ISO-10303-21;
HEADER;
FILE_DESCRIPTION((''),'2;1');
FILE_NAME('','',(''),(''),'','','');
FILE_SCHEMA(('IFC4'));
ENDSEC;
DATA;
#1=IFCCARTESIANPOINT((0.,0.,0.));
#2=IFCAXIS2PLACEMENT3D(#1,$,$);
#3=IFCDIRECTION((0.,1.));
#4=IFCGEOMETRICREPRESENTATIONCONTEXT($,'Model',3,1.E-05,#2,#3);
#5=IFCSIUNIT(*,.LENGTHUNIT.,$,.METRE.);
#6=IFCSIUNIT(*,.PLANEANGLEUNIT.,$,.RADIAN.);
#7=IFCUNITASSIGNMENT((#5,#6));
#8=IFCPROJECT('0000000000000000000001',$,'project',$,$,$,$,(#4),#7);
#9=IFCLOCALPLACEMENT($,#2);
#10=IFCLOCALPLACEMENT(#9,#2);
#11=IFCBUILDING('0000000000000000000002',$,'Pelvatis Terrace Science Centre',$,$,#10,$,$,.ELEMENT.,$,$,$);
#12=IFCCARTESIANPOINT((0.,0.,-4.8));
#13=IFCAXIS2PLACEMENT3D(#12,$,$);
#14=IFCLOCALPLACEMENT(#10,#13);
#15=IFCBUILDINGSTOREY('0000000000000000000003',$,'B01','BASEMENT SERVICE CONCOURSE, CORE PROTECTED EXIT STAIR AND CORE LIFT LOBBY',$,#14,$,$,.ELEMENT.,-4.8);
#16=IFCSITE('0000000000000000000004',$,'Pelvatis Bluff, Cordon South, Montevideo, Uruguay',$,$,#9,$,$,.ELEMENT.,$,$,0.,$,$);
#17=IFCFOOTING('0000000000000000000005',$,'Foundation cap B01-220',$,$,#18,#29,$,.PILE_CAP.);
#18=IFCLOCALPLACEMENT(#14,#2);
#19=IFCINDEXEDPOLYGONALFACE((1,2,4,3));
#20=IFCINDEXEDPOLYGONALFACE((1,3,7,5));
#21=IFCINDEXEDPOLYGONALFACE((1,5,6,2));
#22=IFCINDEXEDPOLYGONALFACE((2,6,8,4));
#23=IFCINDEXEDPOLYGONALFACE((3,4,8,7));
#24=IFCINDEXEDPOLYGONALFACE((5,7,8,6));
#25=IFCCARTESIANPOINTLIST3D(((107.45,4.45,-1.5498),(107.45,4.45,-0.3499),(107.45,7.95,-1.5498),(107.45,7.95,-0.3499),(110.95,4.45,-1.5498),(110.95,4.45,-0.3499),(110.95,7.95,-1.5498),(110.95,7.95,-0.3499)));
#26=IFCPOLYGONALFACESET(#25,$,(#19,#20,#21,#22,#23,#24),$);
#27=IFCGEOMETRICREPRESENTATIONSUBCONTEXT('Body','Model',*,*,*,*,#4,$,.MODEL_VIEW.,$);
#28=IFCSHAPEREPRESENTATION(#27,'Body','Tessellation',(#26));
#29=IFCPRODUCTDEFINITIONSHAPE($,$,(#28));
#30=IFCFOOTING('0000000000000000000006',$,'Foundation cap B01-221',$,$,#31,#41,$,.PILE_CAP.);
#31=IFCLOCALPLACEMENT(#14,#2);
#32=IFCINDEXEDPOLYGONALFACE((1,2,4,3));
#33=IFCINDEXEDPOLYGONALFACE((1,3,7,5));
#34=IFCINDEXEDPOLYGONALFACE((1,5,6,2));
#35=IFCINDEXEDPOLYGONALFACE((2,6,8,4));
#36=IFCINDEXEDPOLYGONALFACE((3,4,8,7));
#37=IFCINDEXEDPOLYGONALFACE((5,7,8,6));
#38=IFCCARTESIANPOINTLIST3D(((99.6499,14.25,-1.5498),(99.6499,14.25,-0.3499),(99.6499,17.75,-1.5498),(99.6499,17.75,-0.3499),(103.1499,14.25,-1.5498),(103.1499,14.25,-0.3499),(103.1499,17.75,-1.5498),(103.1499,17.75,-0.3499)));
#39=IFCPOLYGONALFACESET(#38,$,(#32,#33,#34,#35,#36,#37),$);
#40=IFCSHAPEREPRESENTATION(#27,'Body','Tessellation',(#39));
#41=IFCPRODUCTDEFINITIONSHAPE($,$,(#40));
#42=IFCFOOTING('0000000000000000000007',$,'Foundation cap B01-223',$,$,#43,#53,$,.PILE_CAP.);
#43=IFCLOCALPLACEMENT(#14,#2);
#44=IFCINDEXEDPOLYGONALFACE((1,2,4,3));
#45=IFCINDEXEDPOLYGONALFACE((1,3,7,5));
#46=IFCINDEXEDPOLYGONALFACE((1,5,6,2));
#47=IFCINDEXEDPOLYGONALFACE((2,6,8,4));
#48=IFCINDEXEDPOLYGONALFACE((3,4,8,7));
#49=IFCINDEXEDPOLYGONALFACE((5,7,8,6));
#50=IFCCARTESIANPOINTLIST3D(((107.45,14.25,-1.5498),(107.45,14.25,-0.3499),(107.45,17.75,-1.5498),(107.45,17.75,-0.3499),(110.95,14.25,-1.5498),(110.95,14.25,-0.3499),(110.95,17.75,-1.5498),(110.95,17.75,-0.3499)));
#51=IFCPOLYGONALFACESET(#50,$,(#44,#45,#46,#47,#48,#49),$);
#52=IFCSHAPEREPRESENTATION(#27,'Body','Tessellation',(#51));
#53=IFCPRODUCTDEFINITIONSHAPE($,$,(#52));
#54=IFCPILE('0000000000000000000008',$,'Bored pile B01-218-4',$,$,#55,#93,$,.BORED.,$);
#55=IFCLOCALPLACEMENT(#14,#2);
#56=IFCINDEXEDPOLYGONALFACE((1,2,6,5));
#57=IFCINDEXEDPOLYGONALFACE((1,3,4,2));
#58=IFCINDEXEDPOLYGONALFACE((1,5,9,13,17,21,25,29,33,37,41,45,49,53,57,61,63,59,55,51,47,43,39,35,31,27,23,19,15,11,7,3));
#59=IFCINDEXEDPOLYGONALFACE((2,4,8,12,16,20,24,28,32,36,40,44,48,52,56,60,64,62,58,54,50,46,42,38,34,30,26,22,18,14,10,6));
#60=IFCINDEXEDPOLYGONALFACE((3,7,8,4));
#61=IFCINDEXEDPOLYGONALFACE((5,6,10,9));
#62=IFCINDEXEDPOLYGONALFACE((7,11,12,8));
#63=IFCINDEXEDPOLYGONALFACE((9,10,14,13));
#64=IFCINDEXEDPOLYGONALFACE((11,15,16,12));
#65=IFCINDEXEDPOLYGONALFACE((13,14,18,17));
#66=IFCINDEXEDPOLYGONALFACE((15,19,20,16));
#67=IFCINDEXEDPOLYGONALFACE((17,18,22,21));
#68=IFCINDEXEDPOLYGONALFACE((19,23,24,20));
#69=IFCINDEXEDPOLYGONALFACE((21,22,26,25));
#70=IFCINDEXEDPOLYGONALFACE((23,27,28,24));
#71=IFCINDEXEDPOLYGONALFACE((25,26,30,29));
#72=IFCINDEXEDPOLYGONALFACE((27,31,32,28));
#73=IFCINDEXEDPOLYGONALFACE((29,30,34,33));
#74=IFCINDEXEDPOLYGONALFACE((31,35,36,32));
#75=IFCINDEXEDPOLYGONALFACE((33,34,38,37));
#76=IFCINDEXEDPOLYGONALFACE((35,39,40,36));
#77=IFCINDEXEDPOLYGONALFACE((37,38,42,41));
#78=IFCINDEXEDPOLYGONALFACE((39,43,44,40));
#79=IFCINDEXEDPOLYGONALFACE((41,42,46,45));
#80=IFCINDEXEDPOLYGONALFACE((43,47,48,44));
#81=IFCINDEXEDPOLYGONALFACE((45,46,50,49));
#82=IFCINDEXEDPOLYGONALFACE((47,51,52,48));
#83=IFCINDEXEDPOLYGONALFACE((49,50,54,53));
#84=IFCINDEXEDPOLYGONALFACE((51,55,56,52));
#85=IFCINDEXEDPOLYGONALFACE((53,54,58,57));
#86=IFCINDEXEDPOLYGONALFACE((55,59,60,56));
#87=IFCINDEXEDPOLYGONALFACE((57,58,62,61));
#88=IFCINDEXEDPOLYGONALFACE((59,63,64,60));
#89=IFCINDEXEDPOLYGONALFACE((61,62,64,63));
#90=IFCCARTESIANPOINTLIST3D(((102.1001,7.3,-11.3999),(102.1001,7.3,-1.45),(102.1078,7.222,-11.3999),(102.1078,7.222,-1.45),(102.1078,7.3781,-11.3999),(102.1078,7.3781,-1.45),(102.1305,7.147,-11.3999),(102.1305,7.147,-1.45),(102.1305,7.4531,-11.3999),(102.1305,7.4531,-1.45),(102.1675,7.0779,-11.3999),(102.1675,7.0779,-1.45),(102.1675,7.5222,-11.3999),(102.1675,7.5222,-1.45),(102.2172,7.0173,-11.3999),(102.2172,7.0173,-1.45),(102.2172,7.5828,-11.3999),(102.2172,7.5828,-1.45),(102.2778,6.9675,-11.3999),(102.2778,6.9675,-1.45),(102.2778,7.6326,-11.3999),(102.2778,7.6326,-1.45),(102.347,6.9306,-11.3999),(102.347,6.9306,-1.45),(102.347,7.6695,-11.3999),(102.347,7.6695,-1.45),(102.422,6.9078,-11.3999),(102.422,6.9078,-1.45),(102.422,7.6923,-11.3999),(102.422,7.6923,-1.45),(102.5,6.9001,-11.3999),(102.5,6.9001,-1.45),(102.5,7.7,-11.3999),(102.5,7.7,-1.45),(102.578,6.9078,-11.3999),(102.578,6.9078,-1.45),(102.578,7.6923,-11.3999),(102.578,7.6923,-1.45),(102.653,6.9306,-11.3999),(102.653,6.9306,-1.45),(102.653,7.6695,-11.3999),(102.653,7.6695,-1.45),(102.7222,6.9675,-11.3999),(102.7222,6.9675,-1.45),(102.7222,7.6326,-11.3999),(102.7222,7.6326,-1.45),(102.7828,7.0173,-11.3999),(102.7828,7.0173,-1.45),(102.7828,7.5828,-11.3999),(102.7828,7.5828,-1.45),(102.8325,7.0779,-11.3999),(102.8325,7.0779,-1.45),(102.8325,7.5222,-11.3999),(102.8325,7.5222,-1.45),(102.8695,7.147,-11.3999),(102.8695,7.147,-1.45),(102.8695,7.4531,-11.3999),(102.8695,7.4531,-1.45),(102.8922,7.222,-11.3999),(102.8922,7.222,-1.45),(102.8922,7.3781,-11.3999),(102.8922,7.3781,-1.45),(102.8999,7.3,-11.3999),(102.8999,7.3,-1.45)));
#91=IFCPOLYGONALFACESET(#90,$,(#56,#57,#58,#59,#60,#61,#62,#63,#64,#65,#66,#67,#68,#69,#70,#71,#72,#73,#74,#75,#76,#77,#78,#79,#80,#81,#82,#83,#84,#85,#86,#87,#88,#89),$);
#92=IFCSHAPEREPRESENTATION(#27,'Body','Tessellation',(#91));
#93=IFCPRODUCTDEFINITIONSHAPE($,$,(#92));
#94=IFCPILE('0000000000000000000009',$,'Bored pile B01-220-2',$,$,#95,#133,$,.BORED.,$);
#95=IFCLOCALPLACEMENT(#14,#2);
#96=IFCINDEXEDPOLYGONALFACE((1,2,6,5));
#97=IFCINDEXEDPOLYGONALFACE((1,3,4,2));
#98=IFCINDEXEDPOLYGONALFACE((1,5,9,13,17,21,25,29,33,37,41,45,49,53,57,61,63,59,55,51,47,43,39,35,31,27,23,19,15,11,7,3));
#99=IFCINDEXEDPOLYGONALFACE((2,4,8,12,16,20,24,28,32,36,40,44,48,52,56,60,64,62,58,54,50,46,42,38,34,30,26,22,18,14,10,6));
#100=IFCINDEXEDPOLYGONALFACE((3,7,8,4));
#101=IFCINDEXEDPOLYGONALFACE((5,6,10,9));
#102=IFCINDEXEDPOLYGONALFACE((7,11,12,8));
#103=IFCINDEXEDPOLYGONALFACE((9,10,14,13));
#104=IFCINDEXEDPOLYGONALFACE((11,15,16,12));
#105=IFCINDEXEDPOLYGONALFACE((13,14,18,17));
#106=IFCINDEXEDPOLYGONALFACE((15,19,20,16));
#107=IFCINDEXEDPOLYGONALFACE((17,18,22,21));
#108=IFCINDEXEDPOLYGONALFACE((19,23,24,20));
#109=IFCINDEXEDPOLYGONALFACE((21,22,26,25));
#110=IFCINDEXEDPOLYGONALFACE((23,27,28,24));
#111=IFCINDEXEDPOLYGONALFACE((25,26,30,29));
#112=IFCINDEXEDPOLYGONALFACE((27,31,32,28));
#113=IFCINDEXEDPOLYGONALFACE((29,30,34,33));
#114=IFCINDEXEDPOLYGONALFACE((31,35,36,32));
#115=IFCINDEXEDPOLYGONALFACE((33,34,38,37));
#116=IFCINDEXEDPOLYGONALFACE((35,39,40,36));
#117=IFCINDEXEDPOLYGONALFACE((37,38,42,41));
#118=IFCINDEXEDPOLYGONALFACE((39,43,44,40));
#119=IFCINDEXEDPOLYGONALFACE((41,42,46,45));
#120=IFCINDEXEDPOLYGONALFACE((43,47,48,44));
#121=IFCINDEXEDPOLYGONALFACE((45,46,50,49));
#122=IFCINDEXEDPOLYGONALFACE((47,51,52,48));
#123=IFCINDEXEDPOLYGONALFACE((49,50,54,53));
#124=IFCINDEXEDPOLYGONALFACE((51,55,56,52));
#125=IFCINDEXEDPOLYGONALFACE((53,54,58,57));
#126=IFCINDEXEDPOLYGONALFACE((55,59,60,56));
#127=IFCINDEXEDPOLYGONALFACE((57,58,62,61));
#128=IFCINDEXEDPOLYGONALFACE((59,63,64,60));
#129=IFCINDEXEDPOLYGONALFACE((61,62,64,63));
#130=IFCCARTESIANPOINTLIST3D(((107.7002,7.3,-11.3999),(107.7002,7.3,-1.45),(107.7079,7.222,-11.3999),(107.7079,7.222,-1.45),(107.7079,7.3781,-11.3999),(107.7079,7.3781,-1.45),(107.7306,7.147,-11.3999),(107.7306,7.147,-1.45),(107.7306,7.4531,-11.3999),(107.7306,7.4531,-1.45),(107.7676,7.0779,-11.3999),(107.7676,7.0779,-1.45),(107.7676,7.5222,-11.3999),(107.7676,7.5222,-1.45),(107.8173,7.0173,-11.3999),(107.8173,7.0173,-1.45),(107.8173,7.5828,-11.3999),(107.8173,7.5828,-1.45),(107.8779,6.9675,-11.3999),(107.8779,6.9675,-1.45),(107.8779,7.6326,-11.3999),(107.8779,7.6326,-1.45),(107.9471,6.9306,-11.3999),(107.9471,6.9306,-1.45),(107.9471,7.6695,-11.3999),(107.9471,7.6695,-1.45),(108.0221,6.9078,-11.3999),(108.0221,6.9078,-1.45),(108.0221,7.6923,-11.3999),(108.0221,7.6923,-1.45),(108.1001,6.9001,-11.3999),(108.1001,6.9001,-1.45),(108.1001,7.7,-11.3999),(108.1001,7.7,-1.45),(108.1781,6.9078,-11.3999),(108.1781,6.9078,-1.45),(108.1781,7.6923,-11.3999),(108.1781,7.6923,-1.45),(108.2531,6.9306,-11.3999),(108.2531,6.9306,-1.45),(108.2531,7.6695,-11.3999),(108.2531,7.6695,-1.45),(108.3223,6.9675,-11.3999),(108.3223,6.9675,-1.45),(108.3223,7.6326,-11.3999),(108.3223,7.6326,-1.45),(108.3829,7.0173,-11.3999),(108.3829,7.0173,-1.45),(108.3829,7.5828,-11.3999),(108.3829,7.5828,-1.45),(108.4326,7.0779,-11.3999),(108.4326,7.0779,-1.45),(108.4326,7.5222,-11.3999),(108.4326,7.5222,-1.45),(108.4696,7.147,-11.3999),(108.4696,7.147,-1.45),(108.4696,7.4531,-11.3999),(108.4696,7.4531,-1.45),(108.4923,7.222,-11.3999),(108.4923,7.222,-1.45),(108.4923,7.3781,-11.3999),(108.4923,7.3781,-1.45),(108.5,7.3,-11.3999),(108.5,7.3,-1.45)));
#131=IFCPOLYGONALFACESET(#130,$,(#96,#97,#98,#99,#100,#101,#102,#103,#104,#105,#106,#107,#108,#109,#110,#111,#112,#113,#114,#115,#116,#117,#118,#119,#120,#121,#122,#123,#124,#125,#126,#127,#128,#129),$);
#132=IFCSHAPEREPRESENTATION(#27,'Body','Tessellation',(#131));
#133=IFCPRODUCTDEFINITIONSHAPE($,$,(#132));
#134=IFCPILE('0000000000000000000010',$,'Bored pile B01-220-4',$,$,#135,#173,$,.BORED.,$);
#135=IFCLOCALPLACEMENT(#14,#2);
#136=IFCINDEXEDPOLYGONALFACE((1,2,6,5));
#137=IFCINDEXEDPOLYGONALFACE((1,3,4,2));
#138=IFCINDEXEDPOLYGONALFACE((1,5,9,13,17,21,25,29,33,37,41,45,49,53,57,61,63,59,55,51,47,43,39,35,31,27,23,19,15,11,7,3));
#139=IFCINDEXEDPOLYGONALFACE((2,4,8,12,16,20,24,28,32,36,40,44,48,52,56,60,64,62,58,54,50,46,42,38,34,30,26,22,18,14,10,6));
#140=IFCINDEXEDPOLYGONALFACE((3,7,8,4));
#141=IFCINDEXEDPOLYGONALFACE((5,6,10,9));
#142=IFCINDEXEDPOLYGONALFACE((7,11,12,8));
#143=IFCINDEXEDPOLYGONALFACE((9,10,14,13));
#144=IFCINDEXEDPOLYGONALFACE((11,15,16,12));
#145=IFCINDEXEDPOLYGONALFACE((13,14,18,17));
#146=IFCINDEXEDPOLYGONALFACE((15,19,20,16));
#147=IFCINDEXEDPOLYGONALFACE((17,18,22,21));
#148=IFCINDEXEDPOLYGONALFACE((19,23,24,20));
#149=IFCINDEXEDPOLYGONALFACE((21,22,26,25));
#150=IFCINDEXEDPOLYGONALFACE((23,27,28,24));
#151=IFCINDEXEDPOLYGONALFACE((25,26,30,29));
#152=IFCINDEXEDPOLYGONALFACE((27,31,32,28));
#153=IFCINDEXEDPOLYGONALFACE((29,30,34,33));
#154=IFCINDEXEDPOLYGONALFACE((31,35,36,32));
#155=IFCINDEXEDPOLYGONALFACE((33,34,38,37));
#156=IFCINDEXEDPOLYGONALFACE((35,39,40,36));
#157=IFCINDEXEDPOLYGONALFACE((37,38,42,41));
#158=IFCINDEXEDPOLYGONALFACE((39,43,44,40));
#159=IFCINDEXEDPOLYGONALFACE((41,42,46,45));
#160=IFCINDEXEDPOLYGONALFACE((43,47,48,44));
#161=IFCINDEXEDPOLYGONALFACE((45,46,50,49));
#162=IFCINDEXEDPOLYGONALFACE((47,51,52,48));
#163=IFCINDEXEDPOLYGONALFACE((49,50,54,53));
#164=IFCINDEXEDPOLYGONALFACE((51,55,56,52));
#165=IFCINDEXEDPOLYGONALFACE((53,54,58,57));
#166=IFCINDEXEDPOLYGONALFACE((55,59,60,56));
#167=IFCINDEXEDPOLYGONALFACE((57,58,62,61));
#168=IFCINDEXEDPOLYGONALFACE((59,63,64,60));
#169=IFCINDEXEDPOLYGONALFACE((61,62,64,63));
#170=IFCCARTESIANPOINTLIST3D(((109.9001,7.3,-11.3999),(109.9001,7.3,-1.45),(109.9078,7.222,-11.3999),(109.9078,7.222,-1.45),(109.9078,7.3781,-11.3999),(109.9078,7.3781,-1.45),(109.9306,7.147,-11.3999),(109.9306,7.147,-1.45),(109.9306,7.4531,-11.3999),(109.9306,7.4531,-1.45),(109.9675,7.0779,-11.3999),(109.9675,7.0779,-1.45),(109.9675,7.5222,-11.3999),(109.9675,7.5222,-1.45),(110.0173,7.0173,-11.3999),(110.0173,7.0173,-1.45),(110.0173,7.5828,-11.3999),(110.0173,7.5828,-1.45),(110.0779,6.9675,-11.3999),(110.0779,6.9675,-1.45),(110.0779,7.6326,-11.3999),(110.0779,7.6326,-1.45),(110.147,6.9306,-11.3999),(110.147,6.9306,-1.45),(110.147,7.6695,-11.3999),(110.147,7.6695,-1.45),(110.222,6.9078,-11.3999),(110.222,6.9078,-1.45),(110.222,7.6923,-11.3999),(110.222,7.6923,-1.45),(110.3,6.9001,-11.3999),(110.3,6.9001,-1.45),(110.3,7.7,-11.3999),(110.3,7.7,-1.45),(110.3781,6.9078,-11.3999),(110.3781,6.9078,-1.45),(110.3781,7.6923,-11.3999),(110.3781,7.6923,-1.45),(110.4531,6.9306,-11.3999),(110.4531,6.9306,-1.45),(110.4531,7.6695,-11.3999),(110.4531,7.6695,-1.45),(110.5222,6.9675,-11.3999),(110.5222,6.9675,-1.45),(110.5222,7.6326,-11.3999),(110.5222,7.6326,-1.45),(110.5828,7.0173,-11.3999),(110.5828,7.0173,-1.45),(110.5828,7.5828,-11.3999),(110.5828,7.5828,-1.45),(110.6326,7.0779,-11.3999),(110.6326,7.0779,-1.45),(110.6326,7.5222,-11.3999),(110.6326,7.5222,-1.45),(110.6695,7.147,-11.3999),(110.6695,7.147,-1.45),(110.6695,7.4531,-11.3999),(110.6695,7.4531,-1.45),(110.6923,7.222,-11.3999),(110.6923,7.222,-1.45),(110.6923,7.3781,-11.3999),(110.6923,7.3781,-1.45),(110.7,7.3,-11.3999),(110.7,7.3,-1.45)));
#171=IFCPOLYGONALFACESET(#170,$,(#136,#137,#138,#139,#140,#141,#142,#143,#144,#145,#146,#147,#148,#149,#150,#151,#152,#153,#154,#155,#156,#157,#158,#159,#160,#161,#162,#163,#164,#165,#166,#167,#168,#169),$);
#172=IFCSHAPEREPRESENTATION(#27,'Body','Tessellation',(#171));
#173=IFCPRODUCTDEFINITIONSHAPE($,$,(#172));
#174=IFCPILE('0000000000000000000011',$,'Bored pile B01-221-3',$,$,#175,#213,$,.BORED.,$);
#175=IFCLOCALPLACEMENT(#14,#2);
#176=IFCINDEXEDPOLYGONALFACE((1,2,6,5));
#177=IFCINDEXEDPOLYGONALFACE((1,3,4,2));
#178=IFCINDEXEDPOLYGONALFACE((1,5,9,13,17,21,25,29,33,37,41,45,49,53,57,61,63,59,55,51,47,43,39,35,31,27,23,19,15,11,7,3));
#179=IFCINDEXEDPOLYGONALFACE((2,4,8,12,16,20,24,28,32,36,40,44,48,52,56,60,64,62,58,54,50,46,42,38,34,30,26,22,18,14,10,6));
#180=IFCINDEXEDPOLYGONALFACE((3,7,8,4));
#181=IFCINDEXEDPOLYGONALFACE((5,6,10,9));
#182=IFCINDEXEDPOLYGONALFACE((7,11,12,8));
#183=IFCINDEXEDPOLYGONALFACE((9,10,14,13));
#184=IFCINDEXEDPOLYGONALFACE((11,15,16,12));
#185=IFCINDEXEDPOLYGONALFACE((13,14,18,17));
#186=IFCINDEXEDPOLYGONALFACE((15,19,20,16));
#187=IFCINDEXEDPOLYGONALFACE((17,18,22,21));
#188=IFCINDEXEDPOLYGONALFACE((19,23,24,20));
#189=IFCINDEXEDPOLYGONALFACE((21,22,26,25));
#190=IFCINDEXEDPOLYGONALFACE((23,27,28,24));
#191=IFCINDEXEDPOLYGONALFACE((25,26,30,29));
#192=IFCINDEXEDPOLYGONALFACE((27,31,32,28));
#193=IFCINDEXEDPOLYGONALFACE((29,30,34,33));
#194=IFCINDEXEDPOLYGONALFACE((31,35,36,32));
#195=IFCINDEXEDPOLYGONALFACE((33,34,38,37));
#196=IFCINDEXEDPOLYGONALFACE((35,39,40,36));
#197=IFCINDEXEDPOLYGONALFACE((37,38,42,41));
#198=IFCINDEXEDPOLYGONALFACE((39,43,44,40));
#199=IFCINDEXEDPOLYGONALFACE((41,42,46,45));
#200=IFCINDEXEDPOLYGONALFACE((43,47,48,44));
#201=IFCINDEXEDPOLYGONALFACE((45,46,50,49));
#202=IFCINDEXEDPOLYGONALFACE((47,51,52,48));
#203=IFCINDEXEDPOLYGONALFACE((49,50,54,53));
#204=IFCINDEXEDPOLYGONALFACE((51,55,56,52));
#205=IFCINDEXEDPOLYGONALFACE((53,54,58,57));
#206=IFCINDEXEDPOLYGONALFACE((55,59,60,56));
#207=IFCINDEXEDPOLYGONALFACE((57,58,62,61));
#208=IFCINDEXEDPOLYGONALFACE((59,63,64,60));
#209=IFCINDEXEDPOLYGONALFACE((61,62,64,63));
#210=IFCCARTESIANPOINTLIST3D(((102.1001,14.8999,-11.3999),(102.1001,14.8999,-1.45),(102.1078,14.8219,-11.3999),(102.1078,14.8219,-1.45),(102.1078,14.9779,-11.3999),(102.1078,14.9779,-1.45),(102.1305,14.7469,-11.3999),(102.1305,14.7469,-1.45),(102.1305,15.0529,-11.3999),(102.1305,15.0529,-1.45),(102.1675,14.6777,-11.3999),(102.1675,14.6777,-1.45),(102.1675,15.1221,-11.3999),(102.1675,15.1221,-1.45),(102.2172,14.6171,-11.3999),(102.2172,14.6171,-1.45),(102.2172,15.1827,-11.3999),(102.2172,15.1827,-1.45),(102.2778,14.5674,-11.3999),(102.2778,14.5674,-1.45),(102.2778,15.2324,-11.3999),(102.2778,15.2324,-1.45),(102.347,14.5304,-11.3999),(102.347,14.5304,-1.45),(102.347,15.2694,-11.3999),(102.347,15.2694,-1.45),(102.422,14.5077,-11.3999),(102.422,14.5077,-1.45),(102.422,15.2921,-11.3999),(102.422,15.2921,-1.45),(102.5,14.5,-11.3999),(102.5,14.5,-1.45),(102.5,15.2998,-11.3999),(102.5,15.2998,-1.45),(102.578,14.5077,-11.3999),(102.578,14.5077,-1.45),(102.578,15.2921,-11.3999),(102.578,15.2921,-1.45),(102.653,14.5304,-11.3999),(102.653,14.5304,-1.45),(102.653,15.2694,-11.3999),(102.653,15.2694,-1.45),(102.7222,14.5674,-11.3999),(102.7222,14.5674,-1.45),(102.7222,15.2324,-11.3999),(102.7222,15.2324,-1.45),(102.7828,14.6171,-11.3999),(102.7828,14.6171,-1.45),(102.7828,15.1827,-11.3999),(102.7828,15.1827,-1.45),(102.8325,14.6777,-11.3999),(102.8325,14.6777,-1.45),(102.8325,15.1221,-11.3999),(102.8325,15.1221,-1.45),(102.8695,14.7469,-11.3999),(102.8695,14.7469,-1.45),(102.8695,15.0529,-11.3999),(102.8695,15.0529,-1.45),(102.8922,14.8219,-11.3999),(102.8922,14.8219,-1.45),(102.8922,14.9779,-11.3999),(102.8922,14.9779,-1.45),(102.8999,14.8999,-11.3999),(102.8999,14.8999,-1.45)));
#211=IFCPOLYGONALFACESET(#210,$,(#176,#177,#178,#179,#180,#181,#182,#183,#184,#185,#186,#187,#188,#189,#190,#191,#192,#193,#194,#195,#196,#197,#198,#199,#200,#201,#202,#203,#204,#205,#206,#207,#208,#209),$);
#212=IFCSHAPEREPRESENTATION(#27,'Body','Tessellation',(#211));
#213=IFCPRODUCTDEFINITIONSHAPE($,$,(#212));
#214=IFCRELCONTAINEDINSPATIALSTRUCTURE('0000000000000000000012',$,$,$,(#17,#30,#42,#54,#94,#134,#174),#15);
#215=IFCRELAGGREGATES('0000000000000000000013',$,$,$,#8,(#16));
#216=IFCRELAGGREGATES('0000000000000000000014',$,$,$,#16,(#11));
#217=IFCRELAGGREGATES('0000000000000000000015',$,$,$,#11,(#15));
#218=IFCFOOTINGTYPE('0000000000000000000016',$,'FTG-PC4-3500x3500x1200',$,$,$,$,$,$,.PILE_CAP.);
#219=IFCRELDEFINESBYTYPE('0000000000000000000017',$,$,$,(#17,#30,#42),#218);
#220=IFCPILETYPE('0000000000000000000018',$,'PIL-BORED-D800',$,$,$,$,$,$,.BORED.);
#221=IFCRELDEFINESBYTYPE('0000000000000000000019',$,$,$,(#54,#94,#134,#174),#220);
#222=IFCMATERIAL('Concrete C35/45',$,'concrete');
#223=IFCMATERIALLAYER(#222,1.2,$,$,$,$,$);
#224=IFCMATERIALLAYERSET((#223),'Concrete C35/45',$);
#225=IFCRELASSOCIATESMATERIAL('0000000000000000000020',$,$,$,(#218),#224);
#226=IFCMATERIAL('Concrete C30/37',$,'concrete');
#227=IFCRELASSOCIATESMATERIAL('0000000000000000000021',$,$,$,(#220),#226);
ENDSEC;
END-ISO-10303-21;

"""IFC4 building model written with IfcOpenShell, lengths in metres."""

from ifc_helpers import new_model, si_unit, direction, frame, origin, origin_2d, place, context, subcontext, project, spatial, rectangle, circle, extrude, material, layer, layer_set, material_profile, profile_set, type_object, element, save


model = new_model("IFC4")

# Units and contexts
model_context = context("Model", 3, precision=1e-05, world=origin(), true_north=direction((0.0, 1.0)))
body_context = subcontext(model_context, "Body", "Model", "MODEL_VIEW")
ifc_project = project(units=[si_unit("LENGTHUNIT", "METRE"), si_unit("PLANEANGLEUNIT", "RADIAN")], contexts=[model_context])

# Site, building, storey
site_placement = place(None, origin())
site = spatial("IfcSite", under=ifc_project, at=site_placement, Name="Pelvatis Bluff, Cordon South, Montevideo, Uruguay", CompositionType="ELEMENT", RefElevation=0.0)
building_placement = place(site_placement, origin())
building = spatial("IfcBuilding", under=site, at=building_placement, Name="Pelvatis Terrace Science Centre", CompositionType="ELEMENT")
storey_placement = place(building_placement, frame((0.0, 0.0, -4.8)))
storey = spatial("IfcBuildingStorey", under=building, at=storey_placement, Name="B01", Description="BASEMENT SERVICE CONCOURSE, CORE PROTECTED EXIT STAIR AND CORE LIFT LOBBY", CompositionType="ELEMENT", Elevation=-4.8)

# Footings
ifc_material_1 = material(Name="Concrete C35/45", Category="concrete")
ifc_layer = layer(ifc_material_1, 1.2)
ifc_layer_set = layer_set([ifc_layer], Name="Concrete C35/45")
footing_type = type_object("IfcFootingType", Name="FTG-PC4-3500x3500x1200", PredefinedType="PILE_CAP", material=ifc_layer_set)
for number, where, z_axis, x_axis, name in (
    (1, (109.2, 6.2, -1.5498), (0.0, 0.0, 1.0), (1.0, 0.0, 0.0), "Foundation cap B01-220"),
    (2, (101.3999, 16.0, -1.5498), (0.0, 0.0, 1.0), (1.0, 0.0, 0.0), "Foundation cap B01-221"),
    (3, (109.2, 16.0, -1.5498), (0.0, 0.0, 1.0), (1.0, 0.0, 0.0), "Foundation cap B01-223"),
):
    element("IfcFooting", number, at=place(storey_placement, frame(where, z_axis=z_axis, x_axis=x_axis)), inside=storey, type_object=footing_type, Name=name, PredefinedType="PILE_CAP", context=body_context, shape_type="SweptSolid", body=[
        extrude(rectangle(XDim=3.5, YDim=3.5, at=origin_2d()), origin(), (0.0, 0.0, 1.0), 1.2),
    ])

# Piles
ifc_material_2 = material(Name="Concrete C30/37", Category="concrete")
ifc_material_profile_1 = material_profile(ifc_material_2, circle(Radius=0.3999, at=origin_2d()), Name="PILE D800")
ifc_profile_set_1 = profile_set([ifc_material_profile_1], Name="Concrete C30/37")
pile_type = type_object("IfcPileType", Name="PIL-BORED-D800", PredefinedType="BORED", material=ifc_profile_set_1)
for number, where, z_axis, x_axis, name in (
    (4, (102.5, 7.3, -1.45), (0.0, 0.0, -1.0), (1.0, 0.0, 0.0), "Bored pile B01-218-4"),
    (5, (108.1001, 7.3, -1.45), (0.0, 0.0, -1.0), (1.0, 0.0, 0.0), "Bored pile B01-220-2"),
    (6, (110.3, 7.3, -1.45), (0.0, 0.0, -1.0), (1.0, 0.0, 0.0), "Bored pile B01-220-4"),
    (7, (102.5, 14.8999, -1.45), (0.0, 0.0, -1.0), (1.0, 0.0, 0.0), "Bored pile B01-221-3"),
):
    element("IfcPile", number, at=place(storey_placement, frame(where, z_axis=z_axis, x_axis=x_axis)), inside=storey, type_object=pile_type, Name=name, PredefinedType="BORED", context=body_context, shape_type="SweptSolid", body=[
        extrude(circle(Radius=0.3999, at=origin_2d()), origin(), (0.0, 0.0, 1.0), 9.95),
    ])

save(model, "model.ifc")
